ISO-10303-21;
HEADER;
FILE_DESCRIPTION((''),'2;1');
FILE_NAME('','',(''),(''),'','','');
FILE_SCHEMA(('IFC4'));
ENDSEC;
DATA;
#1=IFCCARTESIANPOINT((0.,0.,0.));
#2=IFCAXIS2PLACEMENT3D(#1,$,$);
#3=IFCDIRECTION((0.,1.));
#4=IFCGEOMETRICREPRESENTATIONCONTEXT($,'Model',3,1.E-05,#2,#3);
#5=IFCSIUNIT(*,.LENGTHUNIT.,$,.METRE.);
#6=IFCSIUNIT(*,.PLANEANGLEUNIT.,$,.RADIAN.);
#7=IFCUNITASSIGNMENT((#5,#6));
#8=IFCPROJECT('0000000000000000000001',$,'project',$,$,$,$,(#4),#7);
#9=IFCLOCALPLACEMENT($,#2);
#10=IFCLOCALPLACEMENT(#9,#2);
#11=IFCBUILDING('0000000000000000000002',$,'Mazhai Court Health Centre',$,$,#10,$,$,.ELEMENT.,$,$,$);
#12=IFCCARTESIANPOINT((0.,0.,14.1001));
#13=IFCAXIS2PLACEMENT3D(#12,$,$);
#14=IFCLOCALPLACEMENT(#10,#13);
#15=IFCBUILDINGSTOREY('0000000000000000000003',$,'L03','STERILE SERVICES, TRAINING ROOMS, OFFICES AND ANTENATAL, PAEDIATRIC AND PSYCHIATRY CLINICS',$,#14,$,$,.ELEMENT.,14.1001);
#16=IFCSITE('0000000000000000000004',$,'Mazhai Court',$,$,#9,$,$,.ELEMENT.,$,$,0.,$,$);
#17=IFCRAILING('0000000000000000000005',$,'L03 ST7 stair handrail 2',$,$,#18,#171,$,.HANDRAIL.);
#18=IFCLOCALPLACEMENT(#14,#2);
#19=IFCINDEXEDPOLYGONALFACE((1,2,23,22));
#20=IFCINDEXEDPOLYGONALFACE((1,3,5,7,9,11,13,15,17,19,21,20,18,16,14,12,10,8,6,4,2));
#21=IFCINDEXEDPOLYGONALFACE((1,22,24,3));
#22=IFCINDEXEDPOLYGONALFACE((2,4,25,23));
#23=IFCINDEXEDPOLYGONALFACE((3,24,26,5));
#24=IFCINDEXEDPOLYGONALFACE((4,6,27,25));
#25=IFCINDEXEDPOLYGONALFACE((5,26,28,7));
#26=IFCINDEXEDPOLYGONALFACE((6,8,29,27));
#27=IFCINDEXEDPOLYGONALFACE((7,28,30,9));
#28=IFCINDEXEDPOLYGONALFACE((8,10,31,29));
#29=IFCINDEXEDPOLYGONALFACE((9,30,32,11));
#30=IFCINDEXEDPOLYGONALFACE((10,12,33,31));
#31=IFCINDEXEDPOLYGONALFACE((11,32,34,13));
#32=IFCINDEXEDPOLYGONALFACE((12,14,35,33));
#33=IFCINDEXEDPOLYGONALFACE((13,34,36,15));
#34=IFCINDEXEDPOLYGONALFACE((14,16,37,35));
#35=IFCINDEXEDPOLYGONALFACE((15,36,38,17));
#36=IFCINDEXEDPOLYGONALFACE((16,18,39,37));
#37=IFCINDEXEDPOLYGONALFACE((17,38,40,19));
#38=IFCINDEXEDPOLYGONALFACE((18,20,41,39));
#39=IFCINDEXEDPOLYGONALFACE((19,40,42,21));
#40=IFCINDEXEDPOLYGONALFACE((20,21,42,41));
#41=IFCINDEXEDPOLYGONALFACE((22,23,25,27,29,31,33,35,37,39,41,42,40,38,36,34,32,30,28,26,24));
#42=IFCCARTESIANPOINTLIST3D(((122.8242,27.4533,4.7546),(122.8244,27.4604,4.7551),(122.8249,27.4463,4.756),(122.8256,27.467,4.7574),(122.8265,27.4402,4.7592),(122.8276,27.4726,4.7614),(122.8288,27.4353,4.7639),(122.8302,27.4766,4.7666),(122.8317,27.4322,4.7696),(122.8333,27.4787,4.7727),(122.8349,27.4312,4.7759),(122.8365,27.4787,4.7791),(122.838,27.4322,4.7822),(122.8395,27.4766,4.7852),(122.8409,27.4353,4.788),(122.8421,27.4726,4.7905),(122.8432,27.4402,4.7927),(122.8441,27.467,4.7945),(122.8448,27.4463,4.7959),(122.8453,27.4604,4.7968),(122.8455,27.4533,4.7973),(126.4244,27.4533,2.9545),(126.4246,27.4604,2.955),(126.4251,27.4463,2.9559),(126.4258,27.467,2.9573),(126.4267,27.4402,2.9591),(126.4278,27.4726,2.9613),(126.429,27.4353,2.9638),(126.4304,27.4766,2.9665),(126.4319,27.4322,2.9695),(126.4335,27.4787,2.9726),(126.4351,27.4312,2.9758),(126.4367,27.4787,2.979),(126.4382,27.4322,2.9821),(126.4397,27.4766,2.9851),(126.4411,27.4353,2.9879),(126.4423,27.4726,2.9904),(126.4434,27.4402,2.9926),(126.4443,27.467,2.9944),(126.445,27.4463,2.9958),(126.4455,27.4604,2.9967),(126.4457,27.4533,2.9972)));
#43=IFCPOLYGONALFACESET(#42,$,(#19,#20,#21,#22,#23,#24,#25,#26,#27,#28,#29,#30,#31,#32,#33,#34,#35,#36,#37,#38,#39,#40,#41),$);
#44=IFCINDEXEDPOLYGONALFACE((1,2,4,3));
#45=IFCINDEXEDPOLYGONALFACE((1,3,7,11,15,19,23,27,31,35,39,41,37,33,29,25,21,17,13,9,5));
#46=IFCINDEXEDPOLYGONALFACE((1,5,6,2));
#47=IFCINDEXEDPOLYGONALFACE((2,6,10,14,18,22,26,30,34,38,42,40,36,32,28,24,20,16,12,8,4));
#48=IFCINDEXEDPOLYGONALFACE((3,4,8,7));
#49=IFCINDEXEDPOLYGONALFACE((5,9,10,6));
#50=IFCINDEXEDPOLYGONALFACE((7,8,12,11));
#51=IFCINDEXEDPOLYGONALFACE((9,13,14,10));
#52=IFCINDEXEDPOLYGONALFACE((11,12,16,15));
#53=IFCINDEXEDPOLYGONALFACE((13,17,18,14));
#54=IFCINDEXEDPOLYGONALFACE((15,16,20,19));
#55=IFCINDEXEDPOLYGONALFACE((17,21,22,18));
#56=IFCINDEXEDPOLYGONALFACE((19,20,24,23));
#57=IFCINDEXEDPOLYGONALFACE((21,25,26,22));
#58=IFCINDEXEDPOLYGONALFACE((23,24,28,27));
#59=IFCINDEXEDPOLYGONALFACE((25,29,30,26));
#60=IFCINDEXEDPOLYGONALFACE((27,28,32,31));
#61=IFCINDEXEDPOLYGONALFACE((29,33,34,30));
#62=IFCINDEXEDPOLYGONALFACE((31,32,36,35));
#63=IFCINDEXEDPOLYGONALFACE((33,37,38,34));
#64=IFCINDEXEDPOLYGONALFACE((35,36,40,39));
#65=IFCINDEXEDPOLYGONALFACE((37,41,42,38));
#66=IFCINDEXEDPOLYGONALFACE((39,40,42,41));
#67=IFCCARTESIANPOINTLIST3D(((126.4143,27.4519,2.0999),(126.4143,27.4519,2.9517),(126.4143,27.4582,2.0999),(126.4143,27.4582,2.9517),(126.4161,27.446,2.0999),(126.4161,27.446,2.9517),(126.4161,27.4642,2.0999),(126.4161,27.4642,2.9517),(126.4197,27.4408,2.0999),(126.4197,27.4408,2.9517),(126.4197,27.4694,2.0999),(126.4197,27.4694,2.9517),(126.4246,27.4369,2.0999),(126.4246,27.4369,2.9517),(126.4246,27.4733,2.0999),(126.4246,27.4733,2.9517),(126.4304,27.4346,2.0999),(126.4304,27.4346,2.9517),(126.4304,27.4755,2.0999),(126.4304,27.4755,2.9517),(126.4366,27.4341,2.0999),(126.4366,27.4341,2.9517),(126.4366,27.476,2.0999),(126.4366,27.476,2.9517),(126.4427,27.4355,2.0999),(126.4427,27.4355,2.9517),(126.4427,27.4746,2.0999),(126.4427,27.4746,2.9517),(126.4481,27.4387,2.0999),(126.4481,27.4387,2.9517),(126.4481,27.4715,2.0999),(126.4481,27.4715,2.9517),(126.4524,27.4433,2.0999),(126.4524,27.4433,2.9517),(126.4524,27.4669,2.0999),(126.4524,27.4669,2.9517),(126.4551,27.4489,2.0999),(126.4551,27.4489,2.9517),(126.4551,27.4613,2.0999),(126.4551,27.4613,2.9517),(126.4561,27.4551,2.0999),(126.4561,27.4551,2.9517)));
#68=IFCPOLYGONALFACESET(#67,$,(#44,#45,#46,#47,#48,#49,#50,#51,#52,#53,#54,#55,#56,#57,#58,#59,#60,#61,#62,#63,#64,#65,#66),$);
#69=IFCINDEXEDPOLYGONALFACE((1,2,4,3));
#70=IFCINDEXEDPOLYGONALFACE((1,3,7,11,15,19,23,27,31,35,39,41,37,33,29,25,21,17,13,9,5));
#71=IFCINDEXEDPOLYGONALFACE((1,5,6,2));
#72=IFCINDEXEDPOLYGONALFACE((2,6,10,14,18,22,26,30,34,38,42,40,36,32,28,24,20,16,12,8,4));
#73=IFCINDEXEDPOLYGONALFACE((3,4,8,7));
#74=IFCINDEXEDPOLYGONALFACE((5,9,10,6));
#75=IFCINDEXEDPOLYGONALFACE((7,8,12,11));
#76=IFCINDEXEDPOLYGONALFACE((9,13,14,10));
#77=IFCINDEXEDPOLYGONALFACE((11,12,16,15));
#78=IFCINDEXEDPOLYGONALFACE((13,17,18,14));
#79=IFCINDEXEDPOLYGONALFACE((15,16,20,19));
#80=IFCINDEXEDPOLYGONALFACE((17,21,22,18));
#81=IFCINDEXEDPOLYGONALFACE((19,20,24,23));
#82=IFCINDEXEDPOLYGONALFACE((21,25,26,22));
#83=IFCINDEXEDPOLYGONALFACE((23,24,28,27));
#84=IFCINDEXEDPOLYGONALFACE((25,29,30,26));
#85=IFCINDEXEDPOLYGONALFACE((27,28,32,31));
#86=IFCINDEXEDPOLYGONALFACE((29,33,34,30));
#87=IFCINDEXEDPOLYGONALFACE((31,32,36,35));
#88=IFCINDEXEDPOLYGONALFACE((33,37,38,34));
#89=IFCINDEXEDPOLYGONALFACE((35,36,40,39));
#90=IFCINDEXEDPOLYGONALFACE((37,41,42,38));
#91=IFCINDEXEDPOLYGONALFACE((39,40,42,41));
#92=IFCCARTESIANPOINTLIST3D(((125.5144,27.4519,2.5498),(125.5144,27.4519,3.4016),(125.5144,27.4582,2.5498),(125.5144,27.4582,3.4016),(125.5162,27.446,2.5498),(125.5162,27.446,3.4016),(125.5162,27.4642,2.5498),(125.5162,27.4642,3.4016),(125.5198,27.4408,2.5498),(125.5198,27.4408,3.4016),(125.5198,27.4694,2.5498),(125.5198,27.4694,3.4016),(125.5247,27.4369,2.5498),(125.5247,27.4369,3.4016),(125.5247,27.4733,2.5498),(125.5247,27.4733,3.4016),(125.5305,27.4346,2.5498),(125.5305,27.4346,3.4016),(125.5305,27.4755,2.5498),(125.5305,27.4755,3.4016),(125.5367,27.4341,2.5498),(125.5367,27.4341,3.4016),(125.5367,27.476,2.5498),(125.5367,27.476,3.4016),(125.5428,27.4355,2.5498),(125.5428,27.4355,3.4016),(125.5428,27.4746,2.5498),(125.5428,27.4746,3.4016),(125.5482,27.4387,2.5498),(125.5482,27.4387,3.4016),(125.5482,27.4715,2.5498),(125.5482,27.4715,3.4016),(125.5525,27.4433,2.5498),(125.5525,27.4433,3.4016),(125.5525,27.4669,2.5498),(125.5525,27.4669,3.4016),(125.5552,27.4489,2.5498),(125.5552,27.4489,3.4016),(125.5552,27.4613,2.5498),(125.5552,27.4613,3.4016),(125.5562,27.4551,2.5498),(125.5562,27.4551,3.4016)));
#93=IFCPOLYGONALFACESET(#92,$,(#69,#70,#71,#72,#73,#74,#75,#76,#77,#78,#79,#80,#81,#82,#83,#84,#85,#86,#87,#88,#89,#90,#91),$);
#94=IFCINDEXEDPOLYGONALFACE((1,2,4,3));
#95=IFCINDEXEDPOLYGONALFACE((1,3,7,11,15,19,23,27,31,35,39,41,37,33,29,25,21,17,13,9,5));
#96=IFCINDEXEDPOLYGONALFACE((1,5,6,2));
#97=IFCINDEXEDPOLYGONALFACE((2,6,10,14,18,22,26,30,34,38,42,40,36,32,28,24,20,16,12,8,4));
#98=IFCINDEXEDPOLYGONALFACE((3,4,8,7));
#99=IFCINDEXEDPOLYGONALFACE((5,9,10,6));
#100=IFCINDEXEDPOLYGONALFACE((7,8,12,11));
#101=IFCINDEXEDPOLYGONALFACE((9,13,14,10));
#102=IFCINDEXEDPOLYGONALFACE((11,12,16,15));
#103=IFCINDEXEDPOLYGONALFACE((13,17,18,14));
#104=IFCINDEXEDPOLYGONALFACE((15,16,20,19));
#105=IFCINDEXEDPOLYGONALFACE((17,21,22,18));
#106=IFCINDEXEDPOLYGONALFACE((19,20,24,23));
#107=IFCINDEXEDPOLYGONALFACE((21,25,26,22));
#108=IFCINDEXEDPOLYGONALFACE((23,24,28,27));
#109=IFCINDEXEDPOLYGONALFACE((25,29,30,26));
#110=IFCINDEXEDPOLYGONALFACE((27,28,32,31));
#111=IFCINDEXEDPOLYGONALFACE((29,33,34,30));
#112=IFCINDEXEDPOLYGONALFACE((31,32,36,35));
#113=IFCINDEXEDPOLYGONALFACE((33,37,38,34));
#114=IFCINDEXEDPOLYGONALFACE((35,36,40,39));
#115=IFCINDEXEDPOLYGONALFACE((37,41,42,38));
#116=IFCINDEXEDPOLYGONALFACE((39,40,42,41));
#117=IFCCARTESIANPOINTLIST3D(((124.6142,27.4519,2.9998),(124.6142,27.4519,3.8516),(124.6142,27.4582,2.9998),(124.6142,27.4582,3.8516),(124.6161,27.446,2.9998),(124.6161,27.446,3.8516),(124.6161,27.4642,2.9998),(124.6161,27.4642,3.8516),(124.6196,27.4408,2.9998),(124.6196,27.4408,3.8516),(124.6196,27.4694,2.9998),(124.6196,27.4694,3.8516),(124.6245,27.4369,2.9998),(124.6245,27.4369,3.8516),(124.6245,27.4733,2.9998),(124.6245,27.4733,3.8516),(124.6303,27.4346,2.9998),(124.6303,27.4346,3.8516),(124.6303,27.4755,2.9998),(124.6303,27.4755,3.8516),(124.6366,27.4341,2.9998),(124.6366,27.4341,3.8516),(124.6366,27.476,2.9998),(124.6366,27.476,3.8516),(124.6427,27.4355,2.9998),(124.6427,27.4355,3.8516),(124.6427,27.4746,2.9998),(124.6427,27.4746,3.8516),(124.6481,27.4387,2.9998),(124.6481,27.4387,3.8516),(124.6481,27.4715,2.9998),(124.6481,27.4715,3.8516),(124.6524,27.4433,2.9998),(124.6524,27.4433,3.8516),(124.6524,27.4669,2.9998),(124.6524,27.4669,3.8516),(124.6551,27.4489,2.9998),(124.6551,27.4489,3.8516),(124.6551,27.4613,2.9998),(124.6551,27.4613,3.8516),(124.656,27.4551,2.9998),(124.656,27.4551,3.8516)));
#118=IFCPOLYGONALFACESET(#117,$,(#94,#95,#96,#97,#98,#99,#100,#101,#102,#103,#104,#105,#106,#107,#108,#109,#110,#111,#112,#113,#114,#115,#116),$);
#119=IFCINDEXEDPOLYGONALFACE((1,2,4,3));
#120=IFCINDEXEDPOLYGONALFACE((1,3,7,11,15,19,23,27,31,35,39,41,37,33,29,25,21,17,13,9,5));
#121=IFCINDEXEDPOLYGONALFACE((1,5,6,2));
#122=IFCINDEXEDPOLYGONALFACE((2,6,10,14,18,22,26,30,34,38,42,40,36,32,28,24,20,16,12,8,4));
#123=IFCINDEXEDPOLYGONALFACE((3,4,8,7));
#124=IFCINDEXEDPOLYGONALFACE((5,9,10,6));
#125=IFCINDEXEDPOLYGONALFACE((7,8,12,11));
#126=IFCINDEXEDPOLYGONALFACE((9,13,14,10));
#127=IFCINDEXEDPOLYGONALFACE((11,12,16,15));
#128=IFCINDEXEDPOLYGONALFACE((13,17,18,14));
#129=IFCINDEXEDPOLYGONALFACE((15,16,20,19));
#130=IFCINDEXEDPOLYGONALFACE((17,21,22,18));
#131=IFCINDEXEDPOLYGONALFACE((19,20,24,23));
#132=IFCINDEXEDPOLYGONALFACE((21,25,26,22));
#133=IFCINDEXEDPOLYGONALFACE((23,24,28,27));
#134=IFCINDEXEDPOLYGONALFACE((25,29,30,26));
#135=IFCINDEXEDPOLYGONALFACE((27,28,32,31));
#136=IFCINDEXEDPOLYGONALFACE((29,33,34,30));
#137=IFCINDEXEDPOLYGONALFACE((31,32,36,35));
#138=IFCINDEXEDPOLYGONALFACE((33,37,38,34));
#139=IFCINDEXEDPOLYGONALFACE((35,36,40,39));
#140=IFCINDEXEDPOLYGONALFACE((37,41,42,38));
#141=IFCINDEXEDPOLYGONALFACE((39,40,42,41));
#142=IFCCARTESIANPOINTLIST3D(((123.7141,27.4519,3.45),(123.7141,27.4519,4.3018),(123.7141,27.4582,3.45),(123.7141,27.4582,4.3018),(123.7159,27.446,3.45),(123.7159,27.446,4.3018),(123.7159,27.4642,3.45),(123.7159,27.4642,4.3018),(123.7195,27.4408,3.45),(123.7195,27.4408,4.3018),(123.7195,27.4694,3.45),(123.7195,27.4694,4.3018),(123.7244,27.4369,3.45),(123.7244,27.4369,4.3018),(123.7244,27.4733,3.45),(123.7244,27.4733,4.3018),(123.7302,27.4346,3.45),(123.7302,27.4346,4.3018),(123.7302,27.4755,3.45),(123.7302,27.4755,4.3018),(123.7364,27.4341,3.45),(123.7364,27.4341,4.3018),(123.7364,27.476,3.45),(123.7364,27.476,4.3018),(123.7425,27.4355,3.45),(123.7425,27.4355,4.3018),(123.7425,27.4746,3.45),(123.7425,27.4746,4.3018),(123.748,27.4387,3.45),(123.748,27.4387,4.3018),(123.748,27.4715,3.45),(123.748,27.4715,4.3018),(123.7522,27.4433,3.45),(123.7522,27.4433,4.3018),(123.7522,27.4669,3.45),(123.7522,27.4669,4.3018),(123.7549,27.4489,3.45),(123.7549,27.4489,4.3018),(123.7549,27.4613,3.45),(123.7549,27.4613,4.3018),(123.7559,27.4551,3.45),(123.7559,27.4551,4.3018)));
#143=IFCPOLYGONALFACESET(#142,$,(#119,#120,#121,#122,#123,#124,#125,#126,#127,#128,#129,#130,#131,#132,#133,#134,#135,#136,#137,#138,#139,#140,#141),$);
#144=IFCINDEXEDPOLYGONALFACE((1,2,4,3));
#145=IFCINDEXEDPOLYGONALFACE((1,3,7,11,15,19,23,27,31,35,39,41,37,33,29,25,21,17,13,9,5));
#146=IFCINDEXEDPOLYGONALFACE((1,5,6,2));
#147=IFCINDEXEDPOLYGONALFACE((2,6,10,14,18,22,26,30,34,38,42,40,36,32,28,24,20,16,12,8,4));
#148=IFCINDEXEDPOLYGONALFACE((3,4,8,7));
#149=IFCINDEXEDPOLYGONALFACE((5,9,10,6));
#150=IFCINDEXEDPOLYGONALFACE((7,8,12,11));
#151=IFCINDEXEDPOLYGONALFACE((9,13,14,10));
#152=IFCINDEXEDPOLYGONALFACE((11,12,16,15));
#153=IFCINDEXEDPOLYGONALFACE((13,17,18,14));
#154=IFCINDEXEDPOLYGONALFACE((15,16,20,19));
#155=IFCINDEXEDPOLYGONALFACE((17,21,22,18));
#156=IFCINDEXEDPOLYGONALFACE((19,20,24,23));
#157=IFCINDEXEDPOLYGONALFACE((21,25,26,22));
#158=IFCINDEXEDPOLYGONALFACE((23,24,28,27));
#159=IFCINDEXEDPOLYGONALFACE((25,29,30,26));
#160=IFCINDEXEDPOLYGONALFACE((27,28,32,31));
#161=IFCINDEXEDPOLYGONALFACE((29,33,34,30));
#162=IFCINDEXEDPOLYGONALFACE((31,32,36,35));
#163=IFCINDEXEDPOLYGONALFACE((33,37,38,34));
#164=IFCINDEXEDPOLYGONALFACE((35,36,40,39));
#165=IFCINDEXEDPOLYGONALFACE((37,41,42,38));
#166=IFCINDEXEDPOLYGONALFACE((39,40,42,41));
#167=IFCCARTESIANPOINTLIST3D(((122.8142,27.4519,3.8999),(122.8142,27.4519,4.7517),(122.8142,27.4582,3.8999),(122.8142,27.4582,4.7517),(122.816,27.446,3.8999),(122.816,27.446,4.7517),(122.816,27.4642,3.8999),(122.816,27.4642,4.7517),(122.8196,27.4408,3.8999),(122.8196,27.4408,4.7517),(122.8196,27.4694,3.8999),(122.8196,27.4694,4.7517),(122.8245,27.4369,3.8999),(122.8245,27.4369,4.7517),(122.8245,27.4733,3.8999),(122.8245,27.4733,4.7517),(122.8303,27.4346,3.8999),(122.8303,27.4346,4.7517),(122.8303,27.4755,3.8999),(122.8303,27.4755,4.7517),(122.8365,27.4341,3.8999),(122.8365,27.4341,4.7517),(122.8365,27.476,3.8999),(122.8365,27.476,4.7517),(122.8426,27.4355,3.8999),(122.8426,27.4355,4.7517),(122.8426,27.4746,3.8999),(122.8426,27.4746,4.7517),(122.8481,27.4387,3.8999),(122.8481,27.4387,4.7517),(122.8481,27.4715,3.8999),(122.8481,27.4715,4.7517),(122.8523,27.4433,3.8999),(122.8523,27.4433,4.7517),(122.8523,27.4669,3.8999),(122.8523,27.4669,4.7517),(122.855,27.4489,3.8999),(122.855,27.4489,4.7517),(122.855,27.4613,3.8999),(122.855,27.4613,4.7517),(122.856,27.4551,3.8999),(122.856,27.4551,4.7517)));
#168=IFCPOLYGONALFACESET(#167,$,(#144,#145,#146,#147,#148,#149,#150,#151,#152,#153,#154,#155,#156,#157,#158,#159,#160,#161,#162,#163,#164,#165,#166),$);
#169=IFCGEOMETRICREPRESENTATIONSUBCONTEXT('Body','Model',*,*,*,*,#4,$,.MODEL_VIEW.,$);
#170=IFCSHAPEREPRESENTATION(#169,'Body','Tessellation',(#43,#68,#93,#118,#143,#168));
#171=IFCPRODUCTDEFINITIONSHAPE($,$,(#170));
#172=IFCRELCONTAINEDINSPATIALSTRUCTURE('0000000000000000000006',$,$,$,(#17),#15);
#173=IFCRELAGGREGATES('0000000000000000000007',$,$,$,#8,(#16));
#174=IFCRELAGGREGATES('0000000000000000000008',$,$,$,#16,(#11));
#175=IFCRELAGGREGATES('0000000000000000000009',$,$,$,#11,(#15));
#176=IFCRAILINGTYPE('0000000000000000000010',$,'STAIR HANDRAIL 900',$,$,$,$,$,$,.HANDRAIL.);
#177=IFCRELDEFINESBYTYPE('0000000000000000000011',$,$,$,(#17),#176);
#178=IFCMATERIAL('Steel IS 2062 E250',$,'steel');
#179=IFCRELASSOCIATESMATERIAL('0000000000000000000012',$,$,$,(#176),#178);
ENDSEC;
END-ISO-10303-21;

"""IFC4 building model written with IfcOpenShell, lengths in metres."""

from ifc_helpers import new_model, si_unit, direction, frame, origin, origin_2d, place, context, subcontext, project, spatial, circle, extrude, material, type_object, element, save


model = new_model("IFC4")

# Units and contexts
model_context = context("Model", 3, precision=1e-05, world=origin(), true_north=direction((0.0, 1.0)))
body_context = subcontext(model_context, "Body", "Model", "MODEL_VIEW")
ifc_project = project(units=[si_unit("LENGTHUNIT", "METRE"), si_unit("PLANEANGLEUNIT", "RADIAN")], contexts=[model_context])

# Site, building, storey
site_placement = place(None, origin())
site = spatial("IfcSite", under=ifc_project, at=site_placement, Name="Mazhai Court", CompositionType="ELEMENT", RefElevation=0.0)
building_placement = place(site_placement, origin())
building = spatial("IfcBuilding", under=site, at=building_placement, Name="Mazhai Court Health Centre", CompositionType="ELEMENT")
storey_placement = place(building_placement, frame((0.0, 0.0, 14.1001)))
storey = spatial("IfcBuildingStorey", under=building, at=storey_placement, Name="L03", Description="STERILE SERVICES, TRAINING ROOMS, OFFICES AND ANTENATAL, PAEDIATRIC AND PSYCHIATRY CLINICS", CompositionType="ELEMENT", Elevation=14.1001)

# Railing
ifc_material_1 = material(Name="Steel IS 2062 E250", Category="steel")
railing_type_1 = type_object("IfcRailingType", Name="STAIR HANDRAIL 900", PredefinedType="HANDRAIL", material=ifc_material_1)
railing_1_placement = place(storey_placement, frame((126.4351, 27.4551, 2.0999)))
element("IfcRailing", 1, at=railing_1_placement, inside=storey, type_object=railing_type_1, Name="L03 ST7 stair handrail 2", PredefinedType="HANDRAIL", context=body_context, shape_type="SweptSolid", body=[
    extrude(circle(Radius=0.0239, at=origin_2d()), frame((0.0, 0.0, 0.876), z_axis=(-0.894427, 0.0, 0.447214), x_axis=(0.0, -1.0, 0.0)), (0.0, 0.0, 1.0), 4.0251),
    extrude(circle(Radius=0.021, at=origin_2d()), origin(), (0.0, 0.0, 1.0), 0.8518),
    extrude(circle(Radius=0.021, at=origin_2d()), frame((-0.8999, 0.0, 0.45)), (0.0, 0.0, 1.0), 0.8518),
    extrude(circle(Radius=0.021, at=origin_2d()), frame((-1.8, 0.0, 0.8999)), (0.0, 0.0, 1.0), 0.8518),
    extrude(circle(Radius=0.021, at=origin_2d()), frame((-2.7002, 0.0, 1.3501)), (0.0, 0.0, 1.0), 0.8518),
    extrude(circle(Radius=0.021, at=origin_2d()), frame((-3.6001, 0.0, 1.8)), (0.0, 0.0, 1.0), 0.8518),
])

save(model, "model.ifc")
